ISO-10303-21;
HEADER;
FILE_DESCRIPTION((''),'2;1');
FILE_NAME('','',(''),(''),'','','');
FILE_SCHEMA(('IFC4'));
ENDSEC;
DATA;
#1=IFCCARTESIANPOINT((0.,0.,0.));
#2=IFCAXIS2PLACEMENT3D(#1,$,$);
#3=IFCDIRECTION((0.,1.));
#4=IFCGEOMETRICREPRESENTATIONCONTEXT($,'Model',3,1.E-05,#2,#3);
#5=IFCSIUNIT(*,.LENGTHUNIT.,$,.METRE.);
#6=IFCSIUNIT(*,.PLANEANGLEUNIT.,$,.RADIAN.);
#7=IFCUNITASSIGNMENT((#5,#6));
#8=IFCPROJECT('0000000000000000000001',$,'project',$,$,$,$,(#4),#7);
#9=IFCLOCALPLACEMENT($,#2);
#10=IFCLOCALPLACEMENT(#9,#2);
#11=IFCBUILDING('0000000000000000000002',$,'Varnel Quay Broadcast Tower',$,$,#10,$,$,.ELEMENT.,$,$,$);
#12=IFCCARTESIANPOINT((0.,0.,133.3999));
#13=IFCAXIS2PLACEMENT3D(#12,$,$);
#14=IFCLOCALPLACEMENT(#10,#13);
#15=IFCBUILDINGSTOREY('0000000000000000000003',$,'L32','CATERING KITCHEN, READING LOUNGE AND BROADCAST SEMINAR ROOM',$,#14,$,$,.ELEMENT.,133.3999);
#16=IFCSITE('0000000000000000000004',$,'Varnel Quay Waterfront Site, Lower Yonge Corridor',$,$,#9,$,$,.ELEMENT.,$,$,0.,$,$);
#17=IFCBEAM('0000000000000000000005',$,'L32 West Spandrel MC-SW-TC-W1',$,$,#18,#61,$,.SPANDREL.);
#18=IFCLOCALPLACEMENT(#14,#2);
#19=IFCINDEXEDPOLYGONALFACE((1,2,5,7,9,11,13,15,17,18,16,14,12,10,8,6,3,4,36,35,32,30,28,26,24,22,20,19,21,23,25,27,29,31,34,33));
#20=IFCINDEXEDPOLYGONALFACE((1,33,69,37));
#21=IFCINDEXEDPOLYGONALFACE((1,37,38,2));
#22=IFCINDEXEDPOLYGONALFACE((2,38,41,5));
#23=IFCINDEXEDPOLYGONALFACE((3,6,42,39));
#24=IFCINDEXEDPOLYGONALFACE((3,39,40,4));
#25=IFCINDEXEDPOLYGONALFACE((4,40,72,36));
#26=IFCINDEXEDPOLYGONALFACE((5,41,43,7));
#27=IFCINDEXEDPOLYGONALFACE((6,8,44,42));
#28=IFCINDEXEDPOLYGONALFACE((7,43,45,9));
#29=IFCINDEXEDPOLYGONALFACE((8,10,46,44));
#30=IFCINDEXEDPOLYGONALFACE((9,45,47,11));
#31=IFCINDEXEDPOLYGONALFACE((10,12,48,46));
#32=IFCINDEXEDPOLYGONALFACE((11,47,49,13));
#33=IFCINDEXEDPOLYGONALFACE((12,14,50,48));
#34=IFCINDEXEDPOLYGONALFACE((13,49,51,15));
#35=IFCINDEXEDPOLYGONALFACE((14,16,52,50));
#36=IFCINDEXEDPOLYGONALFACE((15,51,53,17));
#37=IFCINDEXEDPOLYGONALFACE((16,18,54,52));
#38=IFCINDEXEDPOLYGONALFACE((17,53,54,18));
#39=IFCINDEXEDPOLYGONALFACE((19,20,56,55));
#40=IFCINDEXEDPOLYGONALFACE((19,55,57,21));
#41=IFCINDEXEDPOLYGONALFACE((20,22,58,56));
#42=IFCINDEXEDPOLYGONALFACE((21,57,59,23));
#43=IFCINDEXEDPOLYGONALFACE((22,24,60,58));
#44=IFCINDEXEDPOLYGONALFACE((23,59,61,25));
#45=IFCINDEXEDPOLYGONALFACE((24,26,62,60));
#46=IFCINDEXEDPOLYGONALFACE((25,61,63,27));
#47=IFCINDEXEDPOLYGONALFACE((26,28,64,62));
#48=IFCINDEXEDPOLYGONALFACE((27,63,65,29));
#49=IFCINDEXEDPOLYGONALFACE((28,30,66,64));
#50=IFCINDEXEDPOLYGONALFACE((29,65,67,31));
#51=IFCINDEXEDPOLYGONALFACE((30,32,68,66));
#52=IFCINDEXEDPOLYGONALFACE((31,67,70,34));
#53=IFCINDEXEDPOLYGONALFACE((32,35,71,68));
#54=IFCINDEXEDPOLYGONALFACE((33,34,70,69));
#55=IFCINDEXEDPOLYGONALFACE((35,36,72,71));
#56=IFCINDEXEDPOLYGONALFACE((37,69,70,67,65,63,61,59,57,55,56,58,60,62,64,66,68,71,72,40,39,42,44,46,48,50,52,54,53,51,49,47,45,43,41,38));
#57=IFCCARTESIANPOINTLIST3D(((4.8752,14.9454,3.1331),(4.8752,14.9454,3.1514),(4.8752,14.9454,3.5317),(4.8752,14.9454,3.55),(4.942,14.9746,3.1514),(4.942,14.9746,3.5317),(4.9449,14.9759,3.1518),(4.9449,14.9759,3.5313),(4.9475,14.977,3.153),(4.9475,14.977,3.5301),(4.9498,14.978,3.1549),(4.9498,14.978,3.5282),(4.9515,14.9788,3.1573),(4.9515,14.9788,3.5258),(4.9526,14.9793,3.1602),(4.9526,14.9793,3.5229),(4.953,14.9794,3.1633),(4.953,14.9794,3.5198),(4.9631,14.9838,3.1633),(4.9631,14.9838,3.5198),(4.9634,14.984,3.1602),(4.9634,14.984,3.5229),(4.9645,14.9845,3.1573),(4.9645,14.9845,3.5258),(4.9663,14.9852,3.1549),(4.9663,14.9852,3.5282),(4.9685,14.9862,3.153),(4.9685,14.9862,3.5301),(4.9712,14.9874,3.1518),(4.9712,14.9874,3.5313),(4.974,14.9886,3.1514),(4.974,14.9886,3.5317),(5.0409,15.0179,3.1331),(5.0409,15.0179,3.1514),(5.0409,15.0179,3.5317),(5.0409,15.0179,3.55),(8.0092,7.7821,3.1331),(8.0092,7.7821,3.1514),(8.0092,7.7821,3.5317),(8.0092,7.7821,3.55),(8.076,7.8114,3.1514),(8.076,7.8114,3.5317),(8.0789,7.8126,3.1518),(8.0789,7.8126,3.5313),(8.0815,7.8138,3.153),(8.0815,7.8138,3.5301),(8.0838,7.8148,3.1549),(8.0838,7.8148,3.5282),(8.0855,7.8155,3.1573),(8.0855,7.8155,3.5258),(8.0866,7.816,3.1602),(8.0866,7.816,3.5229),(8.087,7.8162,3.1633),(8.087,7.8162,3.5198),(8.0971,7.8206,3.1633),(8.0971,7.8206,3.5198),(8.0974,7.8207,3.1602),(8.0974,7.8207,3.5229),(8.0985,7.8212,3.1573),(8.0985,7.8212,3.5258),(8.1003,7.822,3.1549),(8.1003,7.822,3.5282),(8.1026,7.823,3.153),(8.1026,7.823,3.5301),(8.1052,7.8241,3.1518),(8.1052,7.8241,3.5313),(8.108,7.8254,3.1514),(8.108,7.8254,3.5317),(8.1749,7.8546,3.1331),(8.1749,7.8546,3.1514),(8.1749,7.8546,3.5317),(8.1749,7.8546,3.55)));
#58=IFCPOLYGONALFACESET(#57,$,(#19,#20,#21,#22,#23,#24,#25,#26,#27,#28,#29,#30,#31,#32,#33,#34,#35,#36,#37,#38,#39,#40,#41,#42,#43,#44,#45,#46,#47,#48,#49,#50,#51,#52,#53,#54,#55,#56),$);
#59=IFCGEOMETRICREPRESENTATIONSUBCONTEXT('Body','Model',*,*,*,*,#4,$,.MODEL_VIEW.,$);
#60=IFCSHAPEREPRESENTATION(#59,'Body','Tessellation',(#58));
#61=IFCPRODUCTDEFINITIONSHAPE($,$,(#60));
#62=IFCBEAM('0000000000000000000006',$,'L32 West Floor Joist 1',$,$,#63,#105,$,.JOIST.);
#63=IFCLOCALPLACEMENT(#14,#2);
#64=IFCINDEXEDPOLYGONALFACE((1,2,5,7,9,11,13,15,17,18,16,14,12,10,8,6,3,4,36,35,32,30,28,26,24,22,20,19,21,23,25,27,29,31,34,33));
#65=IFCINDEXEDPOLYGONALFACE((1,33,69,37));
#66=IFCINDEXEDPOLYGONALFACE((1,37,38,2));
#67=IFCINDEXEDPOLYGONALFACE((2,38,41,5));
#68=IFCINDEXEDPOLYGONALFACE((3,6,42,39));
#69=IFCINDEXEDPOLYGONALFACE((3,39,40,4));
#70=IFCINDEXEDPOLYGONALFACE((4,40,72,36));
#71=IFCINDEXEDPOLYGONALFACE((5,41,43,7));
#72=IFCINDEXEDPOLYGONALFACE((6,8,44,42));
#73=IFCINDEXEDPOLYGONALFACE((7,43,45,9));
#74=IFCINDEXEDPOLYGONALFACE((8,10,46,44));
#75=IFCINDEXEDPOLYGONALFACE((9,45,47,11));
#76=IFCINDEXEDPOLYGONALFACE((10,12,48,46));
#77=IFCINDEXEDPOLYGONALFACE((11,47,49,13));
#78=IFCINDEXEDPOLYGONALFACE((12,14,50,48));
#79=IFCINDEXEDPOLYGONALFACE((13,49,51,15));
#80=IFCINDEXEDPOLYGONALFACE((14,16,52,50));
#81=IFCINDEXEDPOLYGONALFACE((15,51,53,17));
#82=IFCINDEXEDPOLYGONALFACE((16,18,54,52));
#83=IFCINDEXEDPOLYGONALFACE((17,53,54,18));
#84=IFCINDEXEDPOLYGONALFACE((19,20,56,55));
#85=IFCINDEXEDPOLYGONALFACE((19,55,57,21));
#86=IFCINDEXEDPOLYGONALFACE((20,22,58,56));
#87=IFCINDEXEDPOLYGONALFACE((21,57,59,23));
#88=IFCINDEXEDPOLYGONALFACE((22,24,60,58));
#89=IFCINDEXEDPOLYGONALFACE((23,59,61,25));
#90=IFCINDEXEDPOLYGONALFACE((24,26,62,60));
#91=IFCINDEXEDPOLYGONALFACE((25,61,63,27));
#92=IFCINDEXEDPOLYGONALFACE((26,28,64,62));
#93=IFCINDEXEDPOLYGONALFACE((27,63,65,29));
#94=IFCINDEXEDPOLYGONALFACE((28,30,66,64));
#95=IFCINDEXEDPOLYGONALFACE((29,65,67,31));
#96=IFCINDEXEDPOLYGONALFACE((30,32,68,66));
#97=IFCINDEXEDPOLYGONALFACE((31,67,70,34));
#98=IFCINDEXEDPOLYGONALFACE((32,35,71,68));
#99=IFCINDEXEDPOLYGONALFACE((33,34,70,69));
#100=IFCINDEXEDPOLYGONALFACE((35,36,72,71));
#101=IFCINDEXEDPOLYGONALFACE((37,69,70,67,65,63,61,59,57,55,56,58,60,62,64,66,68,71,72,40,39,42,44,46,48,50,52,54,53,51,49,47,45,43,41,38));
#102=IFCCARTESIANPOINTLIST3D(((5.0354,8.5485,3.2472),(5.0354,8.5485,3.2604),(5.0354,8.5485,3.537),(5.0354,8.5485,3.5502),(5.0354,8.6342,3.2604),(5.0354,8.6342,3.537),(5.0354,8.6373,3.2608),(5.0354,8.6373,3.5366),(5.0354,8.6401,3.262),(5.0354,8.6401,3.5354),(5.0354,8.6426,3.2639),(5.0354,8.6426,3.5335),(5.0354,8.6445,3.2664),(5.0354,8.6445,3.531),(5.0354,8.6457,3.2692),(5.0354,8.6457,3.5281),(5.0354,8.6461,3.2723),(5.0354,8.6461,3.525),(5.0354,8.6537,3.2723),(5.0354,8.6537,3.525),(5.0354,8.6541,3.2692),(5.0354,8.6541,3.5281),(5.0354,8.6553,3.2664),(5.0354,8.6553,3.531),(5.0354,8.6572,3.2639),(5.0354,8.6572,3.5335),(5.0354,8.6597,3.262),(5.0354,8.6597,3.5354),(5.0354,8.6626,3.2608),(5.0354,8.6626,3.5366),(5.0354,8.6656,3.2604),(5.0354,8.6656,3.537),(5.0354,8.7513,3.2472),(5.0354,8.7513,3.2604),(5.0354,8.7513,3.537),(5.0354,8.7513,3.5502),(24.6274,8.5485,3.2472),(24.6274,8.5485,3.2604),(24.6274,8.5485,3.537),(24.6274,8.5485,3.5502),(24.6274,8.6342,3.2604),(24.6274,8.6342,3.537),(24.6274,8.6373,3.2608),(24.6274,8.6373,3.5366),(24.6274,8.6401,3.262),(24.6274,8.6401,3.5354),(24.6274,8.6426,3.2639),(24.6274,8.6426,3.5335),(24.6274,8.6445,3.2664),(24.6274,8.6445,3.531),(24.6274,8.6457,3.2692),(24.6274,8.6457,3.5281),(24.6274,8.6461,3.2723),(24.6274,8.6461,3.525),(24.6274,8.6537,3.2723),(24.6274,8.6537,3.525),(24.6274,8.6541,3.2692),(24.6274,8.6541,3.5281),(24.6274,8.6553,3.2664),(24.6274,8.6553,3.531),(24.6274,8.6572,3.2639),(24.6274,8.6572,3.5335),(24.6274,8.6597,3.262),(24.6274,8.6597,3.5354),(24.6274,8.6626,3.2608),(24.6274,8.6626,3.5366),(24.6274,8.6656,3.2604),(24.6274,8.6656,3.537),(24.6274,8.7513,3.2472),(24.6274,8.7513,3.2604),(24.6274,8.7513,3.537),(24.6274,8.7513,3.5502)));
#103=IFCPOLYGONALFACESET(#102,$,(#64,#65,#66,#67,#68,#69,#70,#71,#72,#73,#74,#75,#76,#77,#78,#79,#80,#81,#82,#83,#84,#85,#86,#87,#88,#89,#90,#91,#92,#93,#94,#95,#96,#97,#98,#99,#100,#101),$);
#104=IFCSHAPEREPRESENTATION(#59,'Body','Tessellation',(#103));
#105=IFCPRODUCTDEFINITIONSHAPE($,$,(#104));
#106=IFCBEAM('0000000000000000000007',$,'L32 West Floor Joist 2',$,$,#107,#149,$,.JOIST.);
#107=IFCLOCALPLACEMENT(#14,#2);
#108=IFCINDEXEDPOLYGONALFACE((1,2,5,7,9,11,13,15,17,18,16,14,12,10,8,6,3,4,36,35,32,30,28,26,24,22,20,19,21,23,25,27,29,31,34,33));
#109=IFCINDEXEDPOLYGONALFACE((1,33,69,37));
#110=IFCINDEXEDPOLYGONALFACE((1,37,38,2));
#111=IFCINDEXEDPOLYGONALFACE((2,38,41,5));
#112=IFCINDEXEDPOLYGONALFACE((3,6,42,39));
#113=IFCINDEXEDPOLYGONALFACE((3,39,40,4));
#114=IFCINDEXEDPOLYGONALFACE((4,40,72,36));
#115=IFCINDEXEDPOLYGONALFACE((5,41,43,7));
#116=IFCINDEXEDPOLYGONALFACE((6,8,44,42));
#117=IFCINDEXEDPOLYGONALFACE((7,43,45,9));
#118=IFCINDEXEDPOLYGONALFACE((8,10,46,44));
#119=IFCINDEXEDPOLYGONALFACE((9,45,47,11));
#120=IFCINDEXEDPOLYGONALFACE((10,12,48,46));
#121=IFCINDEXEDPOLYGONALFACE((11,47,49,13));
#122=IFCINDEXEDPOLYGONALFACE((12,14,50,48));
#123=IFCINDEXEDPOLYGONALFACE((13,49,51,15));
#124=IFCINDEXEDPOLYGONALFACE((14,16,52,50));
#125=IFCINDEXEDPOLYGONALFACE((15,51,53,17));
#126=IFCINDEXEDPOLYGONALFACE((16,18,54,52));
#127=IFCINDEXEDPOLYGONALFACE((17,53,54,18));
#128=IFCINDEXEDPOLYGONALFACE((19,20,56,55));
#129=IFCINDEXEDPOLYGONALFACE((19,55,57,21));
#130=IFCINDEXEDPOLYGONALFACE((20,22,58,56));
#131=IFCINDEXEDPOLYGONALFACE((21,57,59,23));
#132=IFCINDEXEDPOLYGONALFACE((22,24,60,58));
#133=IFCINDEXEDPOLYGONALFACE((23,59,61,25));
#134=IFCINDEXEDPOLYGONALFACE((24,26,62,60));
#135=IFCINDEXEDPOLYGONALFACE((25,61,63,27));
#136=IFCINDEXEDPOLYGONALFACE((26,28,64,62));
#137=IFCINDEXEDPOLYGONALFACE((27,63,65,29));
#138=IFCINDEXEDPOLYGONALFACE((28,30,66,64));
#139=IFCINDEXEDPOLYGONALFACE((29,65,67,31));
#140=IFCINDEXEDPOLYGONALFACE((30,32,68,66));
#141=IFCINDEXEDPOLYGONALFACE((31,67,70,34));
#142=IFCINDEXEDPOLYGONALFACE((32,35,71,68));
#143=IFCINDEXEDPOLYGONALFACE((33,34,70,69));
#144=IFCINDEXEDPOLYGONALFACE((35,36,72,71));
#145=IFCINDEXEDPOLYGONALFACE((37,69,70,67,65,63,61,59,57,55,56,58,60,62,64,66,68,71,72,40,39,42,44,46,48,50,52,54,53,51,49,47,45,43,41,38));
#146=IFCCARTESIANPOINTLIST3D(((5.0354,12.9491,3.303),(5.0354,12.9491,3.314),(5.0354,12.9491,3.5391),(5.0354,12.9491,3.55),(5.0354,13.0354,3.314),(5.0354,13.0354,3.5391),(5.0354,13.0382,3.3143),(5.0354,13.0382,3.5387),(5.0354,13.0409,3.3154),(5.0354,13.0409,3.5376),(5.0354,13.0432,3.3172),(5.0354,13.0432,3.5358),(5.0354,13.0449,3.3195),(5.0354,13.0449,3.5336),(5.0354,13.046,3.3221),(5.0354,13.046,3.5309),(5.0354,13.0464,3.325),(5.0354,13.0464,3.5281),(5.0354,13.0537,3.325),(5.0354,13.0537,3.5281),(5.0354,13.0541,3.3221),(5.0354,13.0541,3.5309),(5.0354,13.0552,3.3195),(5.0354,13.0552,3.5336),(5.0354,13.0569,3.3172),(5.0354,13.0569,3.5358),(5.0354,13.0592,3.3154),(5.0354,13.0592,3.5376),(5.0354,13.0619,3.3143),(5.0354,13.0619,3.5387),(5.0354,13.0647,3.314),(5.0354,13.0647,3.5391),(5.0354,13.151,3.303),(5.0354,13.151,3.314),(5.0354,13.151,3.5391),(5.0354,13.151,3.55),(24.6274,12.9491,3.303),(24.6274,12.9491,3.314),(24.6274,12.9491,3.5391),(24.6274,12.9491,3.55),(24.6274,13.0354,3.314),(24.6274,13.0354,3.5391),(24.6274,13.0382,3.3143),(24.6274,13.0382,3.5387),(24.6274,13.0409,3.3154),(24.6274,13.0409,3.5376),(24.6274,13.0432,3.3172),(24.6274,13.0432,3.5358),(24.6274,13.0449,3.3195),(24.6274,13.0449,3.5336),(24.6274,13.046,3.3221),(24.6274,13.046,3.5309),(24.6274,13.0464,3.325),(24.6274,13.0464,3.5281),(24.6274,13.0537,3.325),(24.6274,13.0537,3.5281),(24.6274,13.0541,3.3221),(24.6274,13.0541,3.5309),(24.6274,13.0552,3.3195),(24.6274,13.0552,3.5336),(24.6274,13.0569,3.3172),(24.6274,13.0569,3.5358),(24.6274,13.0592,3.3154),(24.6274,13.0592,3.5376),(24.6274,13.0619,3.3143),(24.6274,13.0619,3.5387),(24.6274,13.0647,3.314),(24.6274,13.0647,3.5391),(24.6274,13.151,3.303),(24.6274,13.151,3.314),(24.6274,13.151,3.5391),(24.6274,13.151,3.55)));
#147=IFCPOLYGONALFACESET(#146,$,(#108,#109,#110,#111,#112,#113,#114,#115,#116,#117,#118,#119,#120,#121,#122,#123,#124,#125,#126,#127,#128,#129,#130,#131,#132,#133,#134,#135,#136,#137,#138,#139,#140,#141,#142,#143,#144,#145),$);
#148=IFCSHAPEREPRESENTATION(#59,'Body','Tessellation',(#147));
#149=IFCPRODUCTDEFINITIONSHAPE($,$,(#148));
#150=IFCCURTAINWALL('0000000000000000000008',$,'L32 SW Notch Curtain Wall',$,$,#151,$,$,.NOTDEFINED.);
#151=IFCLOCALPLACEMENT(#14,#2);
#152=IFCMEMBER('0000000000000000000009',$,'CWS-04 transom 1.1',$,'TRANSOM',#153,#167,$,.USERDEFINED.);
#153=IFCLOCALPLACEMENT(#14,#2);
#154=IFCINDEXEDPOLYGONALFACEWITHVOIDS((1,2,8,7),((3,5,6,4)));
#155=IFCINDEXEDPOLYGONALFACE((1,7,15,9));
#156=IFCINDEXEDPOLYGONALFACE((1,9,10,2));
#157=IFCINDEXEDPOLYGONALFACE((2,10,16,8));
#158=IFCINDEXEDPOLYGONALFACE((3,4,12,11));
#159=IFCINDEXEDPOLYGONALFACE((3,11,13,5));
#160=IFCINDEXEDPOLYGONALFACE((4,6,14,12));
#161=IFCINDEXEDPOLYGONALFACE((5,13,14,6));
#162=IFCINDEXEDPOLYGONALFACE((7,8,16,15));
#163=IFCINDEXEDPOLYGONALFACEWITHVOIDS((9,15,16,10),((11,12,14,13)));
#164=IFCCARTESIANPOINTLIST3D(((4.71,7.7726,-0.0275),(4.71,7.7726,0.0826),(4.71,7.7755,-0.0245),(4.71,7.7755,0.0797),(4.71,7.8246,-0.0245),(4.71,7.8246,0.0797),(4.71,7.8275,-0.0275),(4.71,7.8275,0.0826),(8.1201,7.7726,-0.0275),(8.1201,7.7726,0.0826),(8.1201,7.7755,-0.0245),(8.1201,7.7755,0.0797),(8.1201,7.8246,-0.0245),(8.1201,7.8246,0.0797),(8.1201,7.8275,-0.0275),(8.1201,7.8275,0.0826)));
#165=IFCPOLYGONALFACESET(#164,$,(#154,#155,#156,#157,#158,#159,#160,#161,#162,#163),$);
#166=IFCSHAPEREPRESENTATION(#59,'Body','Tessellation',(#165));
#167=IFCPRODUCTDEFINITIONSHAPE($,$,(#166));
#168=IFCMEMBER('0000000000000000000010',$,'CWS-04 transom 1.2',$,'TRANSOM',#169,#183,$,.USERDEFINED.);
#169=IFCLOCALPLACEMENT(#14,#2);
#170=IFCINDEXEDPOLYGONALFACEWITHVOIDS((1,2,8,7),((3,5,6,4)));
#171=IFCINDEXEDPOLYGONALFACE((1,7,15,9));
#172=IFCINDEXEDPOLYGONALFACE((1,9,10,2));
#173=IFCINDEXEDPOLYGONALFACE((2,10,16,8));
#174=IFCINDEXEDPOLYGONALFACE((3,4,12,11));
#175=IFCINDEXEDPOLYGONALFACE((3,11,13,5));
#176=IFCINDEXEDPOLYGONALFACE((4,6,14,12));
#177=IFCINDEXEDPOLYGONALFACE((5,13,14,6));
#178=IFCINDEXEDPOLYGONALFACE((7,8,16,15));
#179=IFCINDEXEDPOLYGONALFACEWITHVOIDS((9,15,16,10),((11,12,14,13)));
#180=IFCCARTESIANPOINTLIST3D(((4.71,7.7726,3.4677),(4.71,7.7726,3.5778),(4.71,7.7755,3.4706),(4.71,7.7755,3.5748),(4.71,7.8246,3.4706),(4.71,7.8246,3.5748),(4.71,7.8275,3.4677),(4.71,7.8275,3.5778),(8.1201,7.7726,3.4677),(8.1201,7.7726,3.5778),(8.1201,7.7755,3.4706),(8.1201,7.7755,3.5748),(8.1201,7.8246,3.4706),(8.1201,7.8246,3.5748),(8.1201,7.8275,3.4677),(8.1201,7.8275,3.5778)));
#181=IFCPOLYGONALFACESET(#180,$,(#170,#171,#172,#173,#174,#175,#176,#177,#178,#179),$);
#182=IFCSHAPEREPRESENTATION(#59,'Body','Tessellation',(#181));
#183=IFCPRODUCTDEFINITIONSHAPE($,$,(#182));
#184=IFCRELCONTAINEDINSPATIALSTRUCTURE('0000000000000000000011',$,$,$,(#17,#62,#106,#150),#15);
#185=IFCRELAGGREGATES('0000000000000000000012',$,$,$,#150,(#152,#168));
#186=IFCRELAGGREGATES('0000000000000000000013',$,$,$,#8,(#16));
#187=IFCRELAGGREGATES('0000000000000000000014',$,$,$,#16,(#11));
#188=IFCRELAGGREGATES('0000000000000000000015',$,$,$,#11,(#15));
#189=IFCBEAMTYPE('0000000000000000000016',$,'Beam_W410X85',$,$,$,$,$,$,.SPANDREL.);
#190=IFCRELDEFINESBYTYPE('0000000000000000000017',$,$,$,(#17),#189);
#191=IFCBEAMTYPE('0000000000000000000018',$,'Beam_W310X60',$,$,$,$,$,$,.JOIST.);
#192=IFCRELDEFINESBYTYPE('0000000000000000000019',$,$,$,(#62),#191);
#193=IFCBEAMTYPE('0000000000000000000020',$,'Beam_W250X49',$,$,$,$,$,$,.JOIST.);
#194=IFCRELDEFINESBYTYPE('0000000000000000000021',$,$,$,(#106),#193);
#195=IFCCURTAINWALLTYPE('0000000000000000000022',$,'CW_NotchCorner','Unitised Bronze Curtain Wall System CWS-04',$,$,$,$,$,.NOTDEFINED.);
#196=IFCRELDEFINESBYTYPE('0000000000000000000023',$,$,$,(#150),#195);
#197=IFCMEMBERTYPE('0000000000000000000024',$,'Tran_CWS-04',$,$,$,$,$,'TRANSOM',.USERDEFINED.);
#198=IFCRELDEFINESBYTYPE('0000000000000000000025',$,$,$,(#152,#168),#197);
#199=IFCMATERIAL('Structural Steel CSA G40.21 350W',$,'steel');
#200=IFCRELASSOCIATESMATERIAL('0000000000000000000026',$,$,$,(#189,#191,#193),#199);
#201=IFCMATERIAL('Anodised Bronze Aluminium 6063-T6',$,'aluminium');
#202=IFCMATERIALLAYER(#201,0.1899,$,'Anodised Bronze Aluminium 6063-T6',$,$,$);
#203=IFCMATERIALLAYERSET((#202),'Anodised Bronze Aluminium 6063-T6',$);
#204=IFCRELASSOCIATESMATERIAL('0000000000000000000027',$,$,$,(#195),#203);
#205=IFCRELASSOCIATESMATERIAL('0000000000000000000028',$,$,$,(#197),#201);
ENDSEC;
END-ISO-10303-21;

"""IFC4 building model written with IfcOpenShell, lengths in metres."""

from ifc_helpers import new_model, si_unit, direction, frame, origin, origin_2d, place, context, subcontext, project, spatial, hollow_rectangle, i_section, extrude, source, transform, mapped, material, layer, layer_set, material_profile, profile_set, type_object, type_shapes, element, aggregate, save


model = new_model("IFC4")

# Units and contexts
model_context = context("Model", 3, precision=1e-05, world=origin(), true_north=direction((0.0, 1.0)))
body_context = subcontext(model_context, "Body", "Model", "MODEL_VIEW")
ifc_project = project(units=[si_unit("LENGTHUNIT", "METRE"), si_unit("PLANEANGLEUNIT", "RADIAN")], contexts=[model_context])

# Site, building, storey
site_placement = place(None, origin())
site = spatial("IfcSite", under=ifc_project, at=site_placement, Name="Varnel Quay Waterfront Site, Lower Yonge Corridor", CompositionType="ELEMENT", RefElevation=0.0)
building_placement = place(site_placement, origin())
building = spatial("IfcBuilding", under=site, at=building_placement, Name="Varnel Quay Broadcast Tower", CompositionType="ELEMENT")
storey_placement = place(building_placement, frame((0.0, 0.0, 133.3999)))
storey = spatial("IfcBuildingStorey", under=building, at=storey_placement, Name="L32", Description="CATERING KITCHEN, READING LOUNGE AND BROADCAST SEMINAR ROOM", CompositionType="ELEMENT", Elevation=133.3999)

# Beams
ifc_material_1 = material(Name="Structural Steel CSA G40.21 350W", Category="steel")
ifc_material_profile_1 = material_profile(ifc_material_1, i_section(OverallWidth=0.1809, OverallDepth=0.417, WebThickness=0.011, FlangeThickness=0.0183, FilletRadius=0.012, at=origin_2d()), Name="W410X85")
ifc_profile_set_1 = profile_set([ifc_material_profile_1], Name="Structural Steel CSA G40.21 350W")
beam_type_1 = type_object("IfcBeamType", Name="Beam_W410X85", PredefinedType="SPANDREL", material=ifc_profile_set_1)
shared_shape_1 = source(origin(), body_context, "Body", "SweptSolid", [
    extrude(i_section(OverallWidth=0.1809, OverallDepth=0.417, WebThickness=0.011, FlangeThickness=0.0183, FilletRadius=0.012, at=origin_2d()), origin(), (0.0, 0.0, 1.0), 7.8188),
])
type_shapes(beam_type_1, [shared_shape_1])
beam_1_placement = place(storey_placement, frame((8.092, 7.8184, 3.3416), z_axis=(-0.400827, 0.916154, 0.0), x_axis=(-0.916154, -0.400827, 0.0)))
element("IfcBeam", 1, at=beam_1_placement, inside=storey, type_object=beam_type_1, Name="L32 West Spandrel MC-SW-TC-W1", PredefinedType="SPANDREL", context=body_context, shape_type="MappedRepresentation", body=[
    mapped(shared_shape_1, transform((0.0, 0.0, 0.0), x_axis=(1.0, 0.0, 0.0), y_axis=(0.0, 1.0, 0.0), z_axis=(0.0, 0.0, 1.0), scale=1.0)),
])
ifc_material_profile_2 = material_profile(ifc_material_1, i_section(OverallWidth=0.2029, OverallDepth=0.303, WebThickness=0.0076, FlangeThickness=0.0132, FilletRadius=0.012, at=origin_2d()), Name="W310X60")
ifc_profile_set_2 = profile_set([ifc_material_profile_2], Name="Structural Steel CSA G40.21 350W")
beam_type_2 = type_object("IfcBeamType", Name="Beam_W310X60", PredefinedType="JOIST", material=ifc_profile_set_2)
shared_shape_2 = source(origin(), body_context, "Body", "SweptSolid", [
    extrude(i_section(OverallWidth=0.2029, OverallDepth=0.303, WebThickness=0.0076, FlangeThickness=0.0132, FilletRadius=0.012, at=origin_2d()), origin(), (0.0, 0.0, 1.0), 19.592),
])
type_shapes(beam_type_2, [shared_shape_2])
beam_2_placement = place(storey_placement, frame((5.0354, 8.6499, 3.3987), z_axis=(1.0, 0.0, 0.0), x_axis=(0.0, 1.0, 0.0)))
element("IfcBeam", 2, at=beam_2_placement, inside=storey, type_object=beam_type_2, Name="L32 West Floor Joist 1", PredefinedType="JOIST", context=body_context, shape_type="MappedRepresentation", body=[
    mapped(shared_shape_2, transform((0.0, 0.0, 0.0), x_axis=(1.0, 0.0, 0.0), y_axis=(0.0, 1.0, 0.0), z_axis=(0.0, 0.0, 1.0), scale=1.0)),
])
ifc_material_profile_3 = material_profile(ifc_material_1, i_section(OverallWidth=0.2019, OverallDepth=0.2471, WebThickness=0.0073, FlangeThickness=0.011, FilletRadius=0.011, at=origin_2d()), Name="W250X49")
ifc_profile_set_3 = profile_set([ifc_material_profile_3], Name="Structural Steel CSA G40.21 350W")
beam_type_3 = type_object("IfcBeamType", Name="Beam_W250X49", PredefinedType="JOIST", material=ifc_profile_set_3)
shared_shape_3 = source(origin(), body_context, "Body", "SweptSolid", [
    extrude(i_section(OverallWidth=0.2019, OverallDepth=0.2471, WebThickness=0.0073, FlangeThickness=0.011, FilletRadius=0.011, at=origin_2d()), origin(), (0.0, 0.0, 1.0), 19.592),
])
type_shapes(beam_type_3, [shared_shape_3])
beam_3_placement = place(storey_placement, frame((5.0354, 13.05, 3.4265), z_axis=(1.0, 0.0, 0.0), x_axis=(0.0, 1.0, 0.0)))
element("IfcBeam", 3, at=beam_3_placement, inside=storey, type_object=beam_type_3, Name="L32 West Floor Joist 2", PredefinedType="JOIST", context=body_context, shape_type="MappedRepresentation", body=[
    mapped(shared_shape_3, transform((0.0, 0.0, 0.0), x_axis=(1.0, 0.0, 0.0), y_axis=(0.0, 1.0, 0.0), z_axis=(0.0, 0.0, 1.0), scale=1.0)),
])

# Curtain wall, members
ifc_material_2 = material(Name="Anodised Bronze Aluminium 6063-T6", Category="aluminium")
ifc_layer_1 = layer(ifc_material_2, 0.1899, Name="Anodised Bronze Aluminium 6063-T6")
ifc_layer_set_1 = layer_set([ifc_layer_1], Name="Anodised Bronze Aluminium 6063-T6")
curtain_wall_type_1 = type_object("IfcCurtainWallType", Name="CW_NotchCorner", Description="Unitised Bronze Curtain Wall System CWS-04", PredefinedType="NOTDEFINED", material=ifc_layer_set_1)
curtain_wall_1_placement = place(storey_placement, origin())
curtain_wall_1 = element("IfcCurtainWall", 4, at=curtain_wall_1_placement, inside=storey, type_object=curtain_wall_type_1, Name="L32 SW Notch Curtain Wall", PredefinedType="NOTDEFINED")
ifc_material_profile_4 = material_profile(ifc_material_2, hollow_rectangle(XDim=0.0549, YDim=0.1101, WallThickness=0.0029, at=origin_2d()), Name="ALU55X110X3")
ifc_profile_set_4 = profile_set([ifc_material_profile_4], Name="Anodised Bronze Aluminium 6063-T6")
member_type_1 = type_object("IfcMemberType", Name="Tran_CWS-04", ElementType="TRANSOM", PredefinedType="USERDEFINED", material=ifc_profile_set_4)
shared_shape_4 = source(origin(), body_context, "Body", "SweptSolid", [
    extrude(hollow_rectangle(XDim=0.0549, YDim=0.1101, WallThickness=0.0029, at=origin_2d()), origin(), (0.0, 0.0, 1.0), 3.4102),
])
type_shapes(member_type_1, [shared_shape_4])
member_1_placement = place(storey_placement, frame((4.71, 7.8, 0.0276), z_axis=(1.0, 0.0, 0.0), x_axis=(0.0, 1.0, 0.0)))
member_1 = element("IfcMember", 5, at=member_1_placement, type_object=member_type_1, Name="CWS-04 transom 1.1", ObjectType="TRANSOM", PredefinedType="USERDEFINED", context=body_context, shape_type="MappedRepresentation", body=[
    mapped(shared_shape_4, transform((0.0, 0.0, 0.0), x_axis=(1.0, 0.0, 0.0), y_axis=(0.0, 1.0, 0.0), z_axis=(0.0, 0.0, 1.0), scale=1.0)),
])
member_2_placement = place(storey_placement, frame((4.71, 7.8, 3.5227), z_axis=(1.0, 0.0, 0.0), x_axis=(0.0, 1.0, 0.0)))
member_2 = element("IfcMember", 6, at=member_2_placement, type_object=member_type_1, Name="CWS-04 transom 1.2", ObjectType="TRANSOM", PredefinedType="USERDEFINED", context=body_context, shape_type="MappedRepresentation", body=[
    mapped(shared_shape_4, transform((0.0, 0.0, 0.0), x_axis=(1.0, 0.0, 0.0), y_axis=(0.0, 1.0, 0.0), z_axis=(0.0, 0.0, 1.0), scale=1.0)),
])

aggregate(curtain_wall_1, [member_1, member_2])

save(model, "model.ifc")
